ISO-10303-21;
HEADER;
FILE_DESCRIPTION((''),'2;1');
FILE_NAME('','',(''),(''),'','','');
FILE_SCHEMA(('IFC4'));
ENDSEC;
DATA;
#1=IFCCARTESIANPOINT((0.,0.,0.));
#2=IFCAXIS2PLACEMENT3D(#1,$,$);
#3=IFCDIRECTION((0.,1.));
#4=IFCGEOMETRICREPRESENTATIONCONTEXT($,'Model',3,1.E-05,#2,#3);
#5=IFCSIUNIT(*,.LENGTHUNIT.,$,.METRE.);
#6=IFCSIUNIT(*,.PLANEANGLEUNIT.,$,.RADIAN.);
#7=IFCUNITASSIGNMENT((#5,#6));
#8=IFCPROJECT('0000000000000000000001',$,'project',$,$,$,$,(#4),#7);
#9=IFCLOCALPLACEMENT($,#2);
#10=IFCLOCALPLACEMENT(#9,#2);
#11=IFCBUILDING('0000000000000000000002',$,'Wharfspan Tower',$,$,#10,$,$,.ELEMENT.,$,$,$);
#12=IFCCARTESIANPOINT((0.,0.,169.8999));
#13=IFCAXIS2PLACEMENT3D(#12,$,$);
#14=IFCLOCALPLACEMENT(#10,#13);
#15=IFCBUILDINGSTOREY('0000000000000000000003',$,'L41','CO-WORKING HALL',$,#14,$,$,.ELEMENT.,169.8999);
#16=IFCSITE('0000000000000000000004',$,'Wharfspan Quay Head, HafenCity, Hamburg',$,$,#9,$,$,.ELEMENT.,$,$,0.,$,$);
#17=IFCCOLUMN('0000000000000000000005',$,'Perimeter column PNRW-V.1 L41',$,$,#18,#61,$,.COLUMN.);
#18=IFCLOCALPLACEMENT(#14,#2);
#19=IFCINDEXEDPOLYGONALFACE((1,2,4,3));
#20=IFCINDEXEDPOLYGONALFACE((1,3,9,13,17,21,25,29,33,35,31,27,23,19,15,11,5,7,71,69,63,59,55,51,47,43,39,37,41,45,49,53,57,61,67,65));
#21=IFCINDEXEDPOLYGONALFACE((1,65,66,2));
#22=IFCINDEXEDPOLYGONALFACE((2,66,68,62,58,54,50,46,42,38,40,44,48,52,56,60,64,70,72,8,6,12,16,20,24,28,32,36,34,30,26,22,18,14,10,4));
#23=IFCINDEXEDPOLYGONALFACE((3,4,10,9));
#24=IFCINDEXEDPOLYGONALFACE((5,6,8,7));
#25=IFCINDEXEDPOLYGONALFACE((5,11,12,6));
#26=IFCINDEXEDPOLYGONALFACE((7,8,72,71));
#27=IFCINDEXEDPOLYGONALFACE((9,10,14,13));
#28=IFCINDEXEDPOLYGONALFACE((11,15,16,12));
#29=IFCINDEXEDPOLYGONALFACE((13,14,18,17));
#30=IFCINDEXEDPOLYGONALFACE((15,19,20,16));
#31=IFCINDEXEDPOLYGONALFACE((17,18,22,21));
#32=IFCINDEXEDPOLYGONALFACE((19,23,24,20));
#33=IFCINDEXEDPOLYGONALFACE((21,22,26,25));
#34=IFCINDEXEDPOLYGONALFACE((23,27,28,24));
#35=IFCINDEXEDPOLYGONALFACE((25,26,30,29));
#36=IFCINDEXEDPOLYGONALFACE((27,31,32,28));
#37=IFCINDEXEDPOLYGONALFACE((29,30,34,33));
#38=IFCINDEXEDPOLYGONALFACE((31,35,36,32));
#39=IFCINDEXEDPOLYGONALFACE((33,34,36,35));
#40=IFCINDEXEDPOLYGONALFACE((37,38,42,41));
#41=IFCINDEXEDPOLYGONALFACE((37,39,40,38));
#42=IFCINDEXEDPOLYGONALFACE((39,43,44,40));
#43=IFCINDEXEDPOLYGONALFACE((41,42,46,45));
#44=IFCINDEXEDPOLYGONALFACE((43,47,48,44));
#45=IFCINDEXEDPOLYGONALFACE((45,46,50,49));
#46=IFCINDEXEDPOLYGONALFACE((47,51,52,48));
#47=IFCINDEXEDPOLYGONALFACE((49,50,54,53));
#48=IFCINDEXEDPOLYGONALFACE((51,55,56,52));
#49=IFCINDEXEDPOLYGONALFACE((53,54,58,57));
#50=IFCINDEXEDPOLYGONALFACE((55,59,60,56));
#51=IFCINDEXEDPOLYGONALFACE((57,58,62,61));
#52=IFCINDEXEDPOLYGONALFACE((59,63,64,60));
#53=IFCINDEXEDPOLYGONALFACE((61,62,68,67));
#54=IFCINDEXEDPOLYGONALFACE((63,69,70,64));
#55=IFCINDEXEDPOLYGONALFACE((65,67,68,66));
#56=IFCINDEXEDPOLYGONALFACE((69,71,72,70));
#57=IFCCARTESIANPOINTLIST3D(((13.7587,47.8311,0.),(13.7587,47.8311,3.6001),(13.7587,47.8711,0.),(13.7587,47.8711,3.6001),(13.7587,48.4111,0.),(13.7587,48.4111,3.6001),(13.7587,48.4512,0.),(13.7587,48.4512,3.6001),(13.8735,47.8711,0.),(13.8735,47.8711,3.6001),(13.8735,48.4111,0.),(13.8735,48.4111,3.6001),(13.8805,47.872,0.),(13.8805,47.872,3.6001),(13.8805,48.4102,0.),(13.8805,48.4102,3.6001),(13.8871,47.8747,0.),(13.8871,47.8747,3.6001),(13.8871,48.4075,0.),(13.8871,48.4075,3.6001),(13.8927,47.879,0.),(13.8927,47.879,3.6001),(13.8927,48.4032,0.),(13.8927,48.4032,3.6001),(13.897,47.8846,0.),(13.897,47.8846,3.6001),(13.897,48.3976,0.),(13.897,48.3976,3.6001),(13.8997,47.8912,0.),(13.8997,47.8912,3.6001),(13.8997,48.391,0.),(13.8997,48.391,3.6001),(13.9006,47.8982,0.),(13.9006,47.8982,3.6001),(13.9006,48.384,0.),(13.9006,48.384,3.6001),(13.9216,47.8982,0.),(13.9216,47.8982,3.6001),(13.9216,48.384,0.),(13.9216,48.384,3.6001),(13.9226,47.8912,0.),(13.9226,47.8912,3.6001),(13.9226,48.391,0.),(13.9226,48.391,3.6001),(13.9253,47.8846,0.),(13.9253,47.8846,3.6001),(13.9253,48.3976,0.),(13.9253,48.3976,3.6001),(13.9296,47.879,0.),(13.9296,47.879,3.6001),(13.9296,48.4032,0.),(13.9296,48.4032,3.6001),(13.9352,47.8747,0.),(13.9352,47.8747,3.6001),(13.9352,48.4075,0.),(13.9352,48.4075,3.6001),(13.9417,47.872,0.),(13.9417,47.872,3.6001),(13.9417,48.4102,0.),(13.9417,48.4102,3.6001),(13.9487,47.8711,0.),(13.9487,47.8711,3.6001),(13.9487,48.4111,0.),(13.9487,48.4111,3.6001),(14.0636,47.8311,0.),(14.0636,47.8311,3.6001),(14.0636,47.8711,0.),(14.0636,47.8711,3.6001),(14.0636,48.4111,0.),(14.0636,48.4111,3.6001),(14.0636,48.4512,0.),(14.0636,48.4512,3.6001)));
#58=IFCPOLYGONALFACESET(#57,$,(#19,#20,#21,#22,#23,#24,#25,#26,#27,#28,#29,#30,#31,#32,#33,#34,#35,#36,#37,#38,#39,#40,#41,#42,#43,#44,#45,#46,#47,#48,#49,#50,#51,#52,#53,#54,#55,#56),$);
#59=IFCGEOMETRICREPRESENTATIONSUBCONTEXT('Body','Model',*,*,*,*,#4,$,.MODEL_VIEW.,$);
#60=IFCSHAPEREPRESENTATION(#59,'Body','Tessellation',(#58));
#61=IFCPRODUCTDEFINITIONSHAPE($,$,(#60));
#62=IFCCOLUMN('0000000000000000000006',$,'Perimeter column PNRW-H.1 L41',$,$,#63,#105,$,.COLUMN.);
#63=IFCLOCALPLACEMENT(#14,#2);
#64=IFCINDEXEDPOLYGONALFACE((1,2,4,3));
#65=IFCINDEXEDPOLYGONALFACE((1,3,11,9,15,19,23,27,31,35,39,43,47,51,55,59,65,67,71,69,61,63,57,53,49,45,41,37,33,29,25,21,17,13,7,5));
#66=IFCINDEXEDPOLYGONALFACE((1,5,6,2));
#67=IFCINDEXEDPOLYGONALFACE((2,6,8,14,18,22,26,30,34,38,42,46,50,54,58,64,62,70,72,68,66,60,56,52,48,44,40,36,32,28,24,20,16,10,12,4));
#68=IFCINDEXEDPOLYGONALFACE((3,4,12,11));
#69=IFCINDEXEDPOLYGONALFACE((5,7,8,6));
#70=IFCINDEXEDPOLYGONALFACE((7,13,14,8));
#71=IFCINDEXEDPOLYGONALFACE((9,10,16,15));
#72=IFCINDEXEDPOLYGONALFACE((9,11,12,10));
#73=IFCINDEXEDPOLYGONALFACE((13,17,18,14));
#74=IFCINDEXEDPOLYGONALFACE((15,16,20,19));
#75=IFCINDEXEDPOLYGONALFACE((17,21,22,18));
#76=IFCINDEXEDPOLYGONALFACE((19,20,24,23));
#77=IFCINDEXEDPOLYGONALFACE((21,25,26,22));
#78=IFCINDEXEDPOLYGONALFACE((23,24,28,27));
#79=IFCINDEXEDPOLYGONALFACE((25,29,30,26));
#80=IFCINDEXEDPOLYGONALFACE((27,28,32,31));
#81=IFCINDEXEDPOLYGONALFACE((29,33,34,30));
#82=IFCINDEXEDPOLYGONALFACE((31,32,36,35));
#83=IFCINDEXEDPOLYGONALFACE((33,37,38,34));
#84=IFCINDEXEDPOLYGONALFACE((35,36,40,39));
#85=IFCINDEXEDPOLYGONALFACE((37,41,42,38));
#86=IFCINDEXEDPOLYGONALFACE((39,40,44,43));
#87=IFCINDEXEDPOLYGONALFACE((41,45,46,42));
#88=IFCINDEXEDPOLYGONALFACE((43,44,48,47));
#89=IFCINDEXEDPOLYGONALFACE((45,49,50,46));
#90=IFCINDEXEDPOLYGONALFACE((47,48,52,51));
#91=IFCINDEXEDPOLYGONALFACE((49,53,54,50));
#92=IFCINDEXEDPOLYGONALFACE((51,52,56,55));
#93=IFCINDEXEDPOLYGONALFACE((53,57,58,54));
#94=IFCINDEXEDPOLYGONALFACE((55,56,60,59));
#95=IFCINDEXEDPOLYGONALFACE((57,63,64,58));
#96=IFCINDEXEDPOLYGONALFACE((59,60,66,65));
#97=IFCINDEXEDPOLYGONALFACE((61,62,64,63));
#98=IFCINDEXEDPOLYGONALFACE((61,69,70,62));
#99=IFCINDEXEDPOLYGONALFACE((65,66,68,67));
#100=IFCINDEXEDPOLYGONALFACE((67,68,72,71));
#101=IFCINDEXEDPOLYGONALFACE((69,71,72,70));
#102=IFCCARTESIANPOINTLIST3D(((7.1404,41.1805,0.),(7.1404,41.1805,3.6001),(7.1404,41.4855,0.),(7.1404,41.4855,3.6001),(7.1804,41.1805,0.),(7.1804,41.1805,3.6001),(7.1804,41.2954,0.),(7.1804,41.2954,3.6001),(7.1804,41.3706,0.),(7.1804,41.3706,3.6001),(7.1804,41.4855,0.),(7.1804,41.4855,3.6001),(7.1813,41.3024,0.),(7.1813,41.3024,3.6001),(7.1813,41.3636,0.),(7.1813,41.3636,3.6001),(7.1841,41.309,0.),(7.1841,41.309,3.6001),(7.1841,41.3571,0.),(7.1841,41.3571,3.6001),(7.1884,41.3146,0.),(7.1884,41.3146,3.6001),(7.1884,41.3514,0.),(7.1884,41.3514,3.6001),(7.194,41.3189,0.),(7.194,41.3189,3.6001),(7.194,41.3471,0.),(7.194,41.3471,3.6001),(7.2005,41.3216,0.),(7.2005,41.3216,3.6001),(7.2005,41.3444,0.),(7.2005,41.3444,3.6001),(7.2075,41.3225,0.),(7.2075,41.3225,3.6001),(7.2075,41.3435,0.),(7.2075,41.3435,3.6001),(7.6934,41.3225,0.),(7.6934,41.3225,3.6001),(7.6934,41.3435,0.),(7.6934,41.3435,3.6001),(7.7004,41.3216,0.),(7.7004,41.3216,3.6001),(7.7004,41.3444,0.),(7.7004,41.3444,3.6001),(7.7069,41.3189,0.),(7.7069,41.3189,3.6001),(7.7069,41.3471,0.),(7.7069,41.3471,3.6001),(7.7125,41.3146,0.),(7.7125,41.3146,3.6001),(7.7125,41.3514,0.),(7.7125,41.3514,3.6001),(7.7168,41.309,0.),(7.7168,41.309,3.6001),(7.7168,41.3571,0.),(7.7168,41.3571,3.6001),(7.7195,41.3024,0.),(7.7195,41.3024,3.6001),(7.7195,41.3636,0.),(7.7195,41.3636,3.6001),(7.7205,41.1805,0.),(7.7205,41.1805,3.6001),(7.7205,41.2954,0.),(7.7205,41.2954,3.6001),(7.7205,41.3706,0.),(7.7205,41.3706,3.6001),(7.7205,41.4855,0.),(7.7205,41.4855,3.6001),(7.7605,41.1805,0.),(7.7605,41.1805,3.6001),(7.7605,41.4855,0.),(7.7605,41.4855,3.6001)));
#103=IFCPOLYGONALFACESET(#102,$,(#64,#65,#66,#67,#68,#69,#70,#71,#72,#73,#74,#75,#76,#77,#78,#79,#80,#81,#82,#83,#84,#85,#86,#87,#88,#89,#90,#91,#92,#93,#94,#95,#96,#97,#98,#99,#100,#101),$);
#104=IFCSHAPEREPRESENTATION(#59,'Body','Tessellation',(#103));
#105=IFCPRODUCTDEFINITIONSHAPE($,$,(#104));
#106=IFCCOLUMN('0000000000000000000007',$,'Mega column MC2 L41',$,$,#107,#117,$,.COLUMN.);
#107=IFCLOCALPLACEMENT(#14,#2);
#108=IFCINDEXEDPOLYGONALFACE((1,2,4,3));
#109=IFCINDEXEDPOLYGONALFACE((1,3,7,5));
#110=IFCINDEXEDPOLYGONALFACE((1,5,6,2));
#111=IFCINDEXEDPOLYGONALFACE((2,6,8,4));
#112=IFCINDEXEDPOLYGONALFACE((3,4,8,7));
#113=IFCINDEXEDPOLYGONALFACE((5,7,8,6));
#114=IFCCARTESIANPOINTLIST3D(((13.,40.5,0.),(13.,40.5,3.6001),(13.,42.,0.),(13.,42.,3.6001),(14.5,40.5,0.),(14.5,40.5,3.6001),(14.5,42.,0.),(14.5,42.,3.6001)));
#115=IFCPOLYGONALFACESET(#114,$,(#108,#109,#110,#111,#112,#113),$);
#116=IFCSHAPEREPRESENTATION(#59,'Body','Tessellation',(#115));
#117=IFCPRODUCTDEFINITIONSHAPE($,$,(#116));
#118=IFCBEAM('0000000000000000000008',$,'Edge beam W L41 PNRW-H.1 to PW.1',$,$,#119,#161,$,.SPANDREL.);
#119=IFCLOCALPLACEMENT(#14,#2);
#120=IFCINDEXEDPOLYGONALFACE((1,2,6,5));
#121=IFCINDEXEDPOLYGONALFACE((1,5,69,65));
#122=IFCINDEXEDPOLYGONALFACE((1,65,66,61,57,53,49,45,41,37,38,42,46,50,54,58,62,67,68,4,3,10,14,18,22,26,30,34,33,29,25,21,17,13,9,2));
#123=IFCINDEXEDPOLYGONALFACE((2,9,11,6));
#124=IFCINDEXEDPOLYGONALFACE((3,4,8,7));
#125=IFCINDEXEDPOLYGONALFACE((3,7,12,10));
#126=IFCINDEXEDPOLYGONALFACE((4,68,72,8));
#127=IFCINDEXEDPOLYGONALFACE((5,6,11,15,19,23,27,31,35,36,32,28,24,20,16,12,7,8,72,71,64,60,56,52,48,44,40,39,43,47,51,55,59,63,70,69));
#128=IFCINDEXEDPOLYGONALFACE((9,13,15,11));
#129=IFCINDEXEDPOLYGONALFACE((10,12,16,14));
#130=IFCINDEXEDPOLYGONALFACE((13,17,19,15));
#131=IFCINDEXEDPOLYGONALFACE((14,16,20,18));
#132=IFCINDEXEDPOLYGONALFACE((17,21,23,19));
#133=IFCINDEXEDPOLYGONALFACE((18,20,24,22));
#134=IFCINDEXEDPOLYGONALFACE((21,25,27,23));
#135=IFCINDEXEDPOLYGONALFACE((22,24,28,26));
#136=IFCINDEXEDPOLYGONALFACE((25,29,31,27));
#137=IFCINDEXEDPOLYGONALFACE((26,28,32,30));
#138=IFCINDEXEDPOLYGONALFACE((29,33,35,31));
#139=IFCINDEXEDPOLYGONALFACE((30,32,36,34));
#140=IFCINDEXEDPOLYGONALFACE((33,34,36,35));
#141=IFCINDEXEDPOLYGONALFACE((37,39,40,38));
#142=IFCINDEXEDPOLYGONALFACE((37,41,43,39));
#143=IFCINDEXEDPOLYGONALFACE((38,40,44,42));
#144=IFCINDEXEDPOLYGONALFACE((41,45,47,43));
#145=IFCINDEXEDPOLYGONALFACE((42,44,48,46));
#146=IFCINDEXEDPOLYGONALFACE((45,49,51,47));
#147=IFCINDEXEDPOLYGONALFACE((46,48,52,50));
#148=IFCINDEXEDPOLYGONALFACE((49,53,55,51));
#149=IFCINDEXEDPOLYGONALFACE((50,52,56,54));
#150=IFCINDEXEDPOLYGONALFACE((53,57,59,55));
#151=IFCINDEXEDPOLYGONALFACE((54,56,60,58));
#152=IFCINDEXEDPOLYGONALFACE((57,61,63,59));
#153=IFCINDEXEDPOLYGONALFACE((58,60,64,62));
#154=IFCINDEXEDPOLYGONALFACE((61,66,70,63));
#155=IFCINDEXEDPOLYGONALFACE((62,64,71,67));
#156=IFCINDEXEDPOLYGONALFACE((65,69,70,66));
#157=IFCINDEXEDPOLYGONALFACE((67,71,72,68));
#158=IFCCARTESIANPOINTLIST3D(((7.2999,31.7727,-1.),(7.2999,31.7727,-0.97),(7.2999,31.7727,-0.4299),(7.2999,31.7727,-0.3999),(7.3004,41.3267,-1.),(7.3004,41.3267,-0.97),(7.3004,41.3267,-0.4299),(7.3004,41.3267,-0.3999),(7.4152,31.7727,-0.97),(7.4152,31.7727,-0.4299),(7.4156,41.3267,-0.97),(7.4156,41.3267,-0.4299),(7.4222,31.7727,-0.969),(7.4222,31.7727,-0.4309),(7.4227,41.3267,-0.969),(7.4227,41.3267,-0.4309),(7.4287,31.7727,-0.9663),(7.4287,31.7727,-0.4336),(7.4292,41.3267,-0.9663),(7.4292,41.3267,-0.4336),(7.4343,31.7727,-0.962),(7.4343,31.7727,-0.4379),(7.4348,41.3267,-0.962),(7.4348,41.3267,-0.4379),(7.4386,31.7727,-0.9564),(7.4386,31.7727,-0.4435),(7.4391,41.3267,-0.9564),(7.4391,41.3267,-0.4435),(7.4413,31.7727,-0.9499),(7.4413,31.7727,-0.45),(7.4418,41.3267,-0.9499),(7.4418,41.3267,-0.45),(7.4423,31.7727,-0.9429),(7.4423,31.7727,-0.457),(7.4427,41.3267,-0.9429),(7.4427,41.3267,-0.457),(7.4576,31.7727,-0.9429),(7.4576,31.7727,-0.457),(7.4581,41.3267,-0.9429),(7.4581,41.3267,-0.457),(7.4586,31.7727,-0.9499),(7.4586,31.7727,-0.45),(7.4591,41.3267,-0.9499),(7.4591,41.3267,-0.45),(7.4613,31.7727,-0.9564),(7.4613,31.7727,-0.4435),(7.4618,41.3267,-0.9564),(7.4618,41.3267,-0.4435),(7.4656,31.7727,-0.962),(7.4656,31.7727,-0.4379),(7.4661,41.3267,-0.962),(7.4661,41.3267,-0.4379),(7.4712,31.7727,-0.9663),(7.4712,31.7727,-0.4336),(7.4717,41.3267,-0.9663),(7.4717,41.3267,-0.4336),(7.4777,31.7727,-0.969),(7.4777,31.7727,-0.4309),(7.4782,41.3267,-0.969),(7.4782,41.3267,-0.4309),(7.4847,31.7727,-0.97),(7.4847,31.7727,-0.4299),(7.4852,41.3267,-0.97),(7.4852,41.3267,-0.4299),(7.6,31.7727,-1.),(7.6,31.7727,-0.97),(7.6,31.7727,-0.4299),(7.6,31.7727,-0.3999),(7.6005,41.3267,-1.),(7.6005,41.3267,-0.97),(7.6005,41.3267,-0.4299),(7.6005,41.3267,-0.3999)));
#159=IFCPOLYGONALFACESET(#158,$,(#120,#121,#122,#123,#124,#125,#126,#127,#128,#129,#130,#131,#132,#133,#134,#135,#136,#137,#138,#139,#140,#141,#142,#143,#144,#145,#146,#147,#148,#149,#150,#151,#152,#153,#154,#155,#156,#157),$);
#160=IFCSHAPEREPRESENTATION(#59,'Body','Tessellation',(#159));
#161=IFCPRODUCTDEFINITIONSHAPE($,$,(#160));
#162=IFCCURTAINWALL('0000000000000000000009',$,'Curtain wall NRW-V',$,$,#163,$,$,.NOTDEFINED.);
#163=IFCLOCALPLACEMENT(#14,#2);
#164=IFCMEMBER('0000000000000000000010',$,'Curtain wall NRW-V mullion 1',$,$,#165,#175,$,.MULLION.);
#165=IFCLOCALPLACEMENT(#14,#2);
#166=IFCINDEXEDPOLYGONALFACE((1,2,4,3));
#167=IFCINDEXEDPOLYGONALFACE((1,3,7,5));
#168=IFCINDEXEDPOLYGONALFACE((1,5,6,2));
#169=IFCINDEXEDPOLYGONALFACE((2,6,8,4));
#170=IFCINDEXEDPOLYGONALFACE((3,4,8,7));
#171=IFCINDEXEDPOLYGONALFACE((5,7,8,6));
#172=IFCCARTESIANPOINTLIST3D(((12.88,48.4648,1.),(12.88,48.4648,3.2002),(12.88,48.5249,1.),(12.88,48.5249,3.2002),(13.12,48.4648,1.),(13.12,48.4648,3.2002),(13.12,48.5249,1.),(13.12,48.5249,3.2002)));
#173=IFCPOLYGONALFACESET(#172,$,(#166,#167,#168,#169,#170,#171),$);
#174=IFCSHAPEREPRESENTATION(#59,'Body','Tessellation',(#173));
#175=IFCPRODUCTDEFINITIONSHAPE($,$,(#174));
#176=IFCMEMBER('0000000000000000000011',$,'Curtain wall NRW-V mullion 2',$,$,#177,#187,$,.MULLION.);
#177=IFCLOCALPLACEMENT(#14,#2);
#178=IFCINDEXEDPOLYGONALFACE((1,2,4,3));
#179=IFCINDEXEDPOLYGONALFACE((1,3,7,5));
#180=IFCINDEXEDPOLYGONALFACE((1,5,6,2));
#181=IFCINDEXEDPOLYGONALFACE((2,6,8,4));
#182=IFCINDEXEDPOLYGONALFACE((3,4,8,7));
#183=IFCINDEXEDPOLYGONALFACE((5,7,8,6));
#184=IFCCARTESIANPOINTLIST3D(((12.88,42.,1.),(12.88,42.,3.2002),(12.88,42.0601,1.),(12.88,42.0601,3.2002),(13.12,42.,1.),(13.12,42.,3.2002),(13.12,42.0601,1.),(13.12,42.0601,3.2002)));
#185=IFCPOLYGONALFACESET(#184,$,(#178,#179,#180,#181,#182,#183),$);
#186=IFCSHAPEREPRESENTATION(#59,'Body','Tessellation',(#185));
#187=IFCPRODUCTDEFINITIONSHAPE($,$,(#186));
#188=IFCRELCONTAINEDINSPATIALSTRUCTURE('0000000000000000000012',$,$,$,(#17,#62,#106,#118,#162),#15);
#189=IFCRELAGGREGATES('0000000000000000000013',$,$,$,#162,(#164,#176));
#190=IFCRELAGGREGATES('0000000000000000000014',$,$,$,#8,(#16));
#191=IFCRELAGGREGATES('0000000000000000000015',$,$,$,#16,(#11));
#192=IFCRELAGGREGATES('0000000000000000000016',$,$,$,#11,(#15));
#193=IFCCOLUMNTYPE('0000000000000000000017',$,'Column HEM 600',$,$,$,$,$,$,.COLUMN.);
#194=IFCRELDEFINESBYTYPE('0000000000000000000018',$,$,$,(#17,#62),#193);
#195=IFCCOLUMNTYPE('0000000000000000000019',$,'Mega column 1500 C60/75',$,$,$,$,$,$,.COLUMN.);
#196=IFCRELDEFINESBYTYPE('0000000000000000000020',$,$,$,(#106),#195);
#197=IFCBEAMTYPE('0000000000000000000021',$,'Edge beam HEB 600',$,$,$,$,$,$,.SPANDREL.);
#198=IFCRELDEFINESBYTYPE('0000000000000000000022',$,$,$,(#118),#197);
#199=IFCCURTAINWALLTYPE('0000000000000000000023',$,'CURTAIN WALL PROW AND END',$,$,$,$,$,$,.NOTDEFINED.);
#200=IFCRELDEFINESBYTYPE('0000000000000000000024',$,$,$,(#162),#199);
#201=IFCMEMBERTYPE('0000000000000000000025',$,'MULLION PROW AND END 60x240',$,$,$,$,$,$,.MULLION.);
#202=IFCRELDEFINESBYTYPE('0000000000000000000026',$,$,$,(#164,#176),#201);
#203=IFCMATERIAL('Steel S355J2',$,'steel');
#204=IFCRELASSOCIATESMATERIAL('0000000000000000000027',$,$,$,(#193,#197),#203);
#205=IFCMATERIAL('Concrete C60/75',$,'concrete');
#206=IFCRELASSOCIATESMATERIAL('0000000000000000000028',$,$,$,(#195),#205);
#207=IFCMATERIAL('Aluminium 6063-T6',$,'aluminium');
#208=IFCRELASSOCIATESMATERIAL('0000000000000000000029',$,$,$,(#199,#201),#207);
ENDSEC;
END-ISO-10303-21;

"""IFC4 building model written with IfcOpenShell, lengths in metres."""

from ifc_helpers import new_model, si_unit, direction, frame, origin, origin_2d, place, context, subcontext, project, spatial, rectangle, i_section, extrude, material, material_profile, profile_set, type_object, element, aggregate, save


model = new_model("IFC4")

# Units and contexts
model_context = context("Model", 3, precision=1e-05, world=origin(), true_north=direction((0.0, 1.0)))
body_context = subcontext(model_context, "Body", "Model", "MODEL_VIEW")
ifc_project = project(units=[si_unit("LENGTHUNIT", "METRE"), si_unit("PLANEANGLEUNIT", "RADIAN")], contexts=[model_context])

# Site, building, storey
site_placement = place(None, origin())
site = spatial("IfcSite", under=ifc_project, at=site_placement, Name="Wharfspan Quay Head, HafenCity, Hamburg", CompositionType="ELEMENT", RefElevation=0.0)
building_placement = place(site_placement, origin())
building = spatial("IfcBuilding", under=site, at=building_placement, Name="Wharfspan Tower", CompositionType="ELEMENT")
storey_placement = place(building_placement, frame((0.0, 0.0, 169.8999)))
storey = spatial("IfcBuildingStorey", under=building, at=storey_placement, Name="L41", Description="CO-WORKING HALL", CompositionType="ELEMENT", Elevation=169.8999)

# Columns
ifc_material_1 = material(Name="Steel S355J2", Category="steel")
ifc_material_profile_1 = material_profile(ifc_material_1, i_section(OverallWidth=0.3049, OverallDepth=0.6201, WebThickness=0.021, FlangeThickness=0.04, FilletRadius=0.0271, at=origin_2d()))
ifc_profile_set_1 = profile_set([ifc_material_profile_1], Name="Steel S355J2")
column_type_1 = type_object("IfcColumnType", Name="Column HEM 600", PredefinedType="COLUMN", material=ifc_profile_set_1)
for number, where, z_axis, x_axis, name in (
    (1, (13.9111, 48.1411, 0.0), (0.0, 0.0, 1.0), (-1.0, 0.0, 0.0), "Perimeter column PNRW-V.1 L41"),
    (2, (7.4504, 41.333, 0.0), (0.0, 0.0, 1.0), (0.0, 1.0, 0.0), "Perimeter column PNRW-H.1 L41"),
):
    element("IfcColumn", number, at=place(storey_placement, frame(where, z_axis=z_axis, x_axis=x_axis)), inside=storey, type_object=column_type_1, Name=name, PredefinedType="COLUMN", context=body_context, shape_type="SweptSolid", body=[
        extrude(i_section(OverallWidth=0.3049, OverallDepth=0.6201, WebThickness=0.021, FlangeThickness=0.04, FilletRadius=0.0271, at=origin_2d()), origin(), (0.0, 0.0, 1.0), 3.6001),
    ])
ifc_material_2 = material(Name="Concrete C60/75", Category="concrete")
ifc_material_profile_2 = material_profile(ifc_material_2, rectangle(XDim=1.5, YDim=1.5, at=origin_2d()))
ifc_profile_set_2 = profile_set([ifc_material_profile_2], Name="Concrete C60/75")
column_type_2 = type_object("IfcColumnType", Name="Mega column 1500 C60/75", PredefinedType="COLUMN", material=ifc_profile_set_2)
column_placement = place(storey_placement, frame((13.75, 41.25, 0.0), z_axis=(0.0, 0.0, 1.0), x_axis=(1.0, 0.0, 0.0)))
element("IfcColumn", 3, at=column_placement, inside=storey, type_object=column_type_2, Name="Mega column MC2 L41", PredefinedType="COLUMN", context=body_context, shape_type="SweptSolid", body=[
    extrude(rectangle(XDim=1.5, YDim=1.5, at=origin_2d()), origin(), (0.0, 0.0, 1.0), 3.6001),
])

# Beam
ifc_material_profile_3 = material_profile(ifc_material_1, i_section(OverallWidth=0.3, OverallDepth=0.6001, WebThickness=0.0154, FlangeThickness=0.03, FilletRadius=0.0271, at=origin_2d()))
ifc_profile_set_3 = profile_set([ifc_material_profile_3], Name="Steel S355J2")
beam_type = type_object("IfcBeamType", Name="Edge beam HEB 600", PredefinedType="SPANDREL", material=ifc_profile_set_3)
beam_placement = place(storey_placement, frame((7.4504, 41.3267, -0.7), z_axis=(-0.000051, -1.0, 0.0), x_axis=(1.0, -0.000051, 0.0)))
element("IfcBeam", 4, at=beam_placement, inside=storey, type_object=beam_type, Name="Edge beam W L41 PNRW-H.1 to PW.1", PredefinedType="SPANDREL", context=body_context, shape_type="SweptSolid", body=[
    extrude(i_section(OverallWidth=0.3, OverallDepth=0.6001, WebThickness=0.0154, FlangeThickness=0.03, FilletRadius=0.0271, at=origin_2d()), origin(), (0.0, 0.0, 1.0), 9.554),
])

# Curtain wall, members
ifc_material_3 = material(Name="Aluminium 6063-T6", Category="aluminium")
curtain_wall_type = type_object("IfcCurtainWallType", Name="CURTAIN WALL PROW AND END", PredefinedType="NOTDEFINED", material=ifc_material_3)
curtain_wall_1_placement = place(storey_placement, origin())
curtain_wall_1 = element("IfcCurtainWall", 5, at=curtain_wall_1_placement, inside=storey, type_object=curtain_wall_type, Name="Curtain wall NRW-V", PredefinedType="NOTDEFINED")
ifc_material_profile_4 = material_profile(ifc_material_3, rectangle(XDim=0.24, YDim=0.0601, at=origin_2d()))
ifc_profile_set_4 = profile_set([ifc_material_profile_4], Name="Aluminium 6063-T6")
member_type_1 = type_object("IfcMemberType", Name="MULLION PROW AND END 60x240", PredefinedType="MULLION", material=ifc_profile_set_4)
member_1_placement = place(storey_placement, frame((13.0, 48.4949, 1.0), z_axis=(0.0, 0.0, 1.0), x_axis=(1.0, 0.0, 0.0)))
member_1 = element("IfcMember", 6, at=member_1_placement, type_object=member_type_1, Name="Curtain wall NRW-V mullion 1", PredefinedType="MULLION", context=body_context, shape_type="SweptSolid", body=[
    extrude(rectangle(XDim=0.24, YDim=0.0601, at=origin_2d()), origin(), (0.0, 0.0, 1.0), 2.2002),
])
member_2_placement = place(storey_placement, frame((13.0, 42.03, 1.0), z_axis=(0.0, 0.0, 1.0), x_axis=(1.0, 0.0, 0.0)))
member_2 = element("IfcMember", 7, at=member_2_placement, type_object=member_type_1, Name="Curtain wall NRW-V mullion 2", PredefinedType="MULLION", context=body_context, shape_type="SweptSolid", body=[
    extrude(rectangle(XDim=0.24, YDim=0.0601, at=origin_2d()), origin(), (0.0, 0.0, 1.0), 2.2002),
])

aggregate(curtain_wall_1, [member_1, member_2])

save(model, "model.ifc")
